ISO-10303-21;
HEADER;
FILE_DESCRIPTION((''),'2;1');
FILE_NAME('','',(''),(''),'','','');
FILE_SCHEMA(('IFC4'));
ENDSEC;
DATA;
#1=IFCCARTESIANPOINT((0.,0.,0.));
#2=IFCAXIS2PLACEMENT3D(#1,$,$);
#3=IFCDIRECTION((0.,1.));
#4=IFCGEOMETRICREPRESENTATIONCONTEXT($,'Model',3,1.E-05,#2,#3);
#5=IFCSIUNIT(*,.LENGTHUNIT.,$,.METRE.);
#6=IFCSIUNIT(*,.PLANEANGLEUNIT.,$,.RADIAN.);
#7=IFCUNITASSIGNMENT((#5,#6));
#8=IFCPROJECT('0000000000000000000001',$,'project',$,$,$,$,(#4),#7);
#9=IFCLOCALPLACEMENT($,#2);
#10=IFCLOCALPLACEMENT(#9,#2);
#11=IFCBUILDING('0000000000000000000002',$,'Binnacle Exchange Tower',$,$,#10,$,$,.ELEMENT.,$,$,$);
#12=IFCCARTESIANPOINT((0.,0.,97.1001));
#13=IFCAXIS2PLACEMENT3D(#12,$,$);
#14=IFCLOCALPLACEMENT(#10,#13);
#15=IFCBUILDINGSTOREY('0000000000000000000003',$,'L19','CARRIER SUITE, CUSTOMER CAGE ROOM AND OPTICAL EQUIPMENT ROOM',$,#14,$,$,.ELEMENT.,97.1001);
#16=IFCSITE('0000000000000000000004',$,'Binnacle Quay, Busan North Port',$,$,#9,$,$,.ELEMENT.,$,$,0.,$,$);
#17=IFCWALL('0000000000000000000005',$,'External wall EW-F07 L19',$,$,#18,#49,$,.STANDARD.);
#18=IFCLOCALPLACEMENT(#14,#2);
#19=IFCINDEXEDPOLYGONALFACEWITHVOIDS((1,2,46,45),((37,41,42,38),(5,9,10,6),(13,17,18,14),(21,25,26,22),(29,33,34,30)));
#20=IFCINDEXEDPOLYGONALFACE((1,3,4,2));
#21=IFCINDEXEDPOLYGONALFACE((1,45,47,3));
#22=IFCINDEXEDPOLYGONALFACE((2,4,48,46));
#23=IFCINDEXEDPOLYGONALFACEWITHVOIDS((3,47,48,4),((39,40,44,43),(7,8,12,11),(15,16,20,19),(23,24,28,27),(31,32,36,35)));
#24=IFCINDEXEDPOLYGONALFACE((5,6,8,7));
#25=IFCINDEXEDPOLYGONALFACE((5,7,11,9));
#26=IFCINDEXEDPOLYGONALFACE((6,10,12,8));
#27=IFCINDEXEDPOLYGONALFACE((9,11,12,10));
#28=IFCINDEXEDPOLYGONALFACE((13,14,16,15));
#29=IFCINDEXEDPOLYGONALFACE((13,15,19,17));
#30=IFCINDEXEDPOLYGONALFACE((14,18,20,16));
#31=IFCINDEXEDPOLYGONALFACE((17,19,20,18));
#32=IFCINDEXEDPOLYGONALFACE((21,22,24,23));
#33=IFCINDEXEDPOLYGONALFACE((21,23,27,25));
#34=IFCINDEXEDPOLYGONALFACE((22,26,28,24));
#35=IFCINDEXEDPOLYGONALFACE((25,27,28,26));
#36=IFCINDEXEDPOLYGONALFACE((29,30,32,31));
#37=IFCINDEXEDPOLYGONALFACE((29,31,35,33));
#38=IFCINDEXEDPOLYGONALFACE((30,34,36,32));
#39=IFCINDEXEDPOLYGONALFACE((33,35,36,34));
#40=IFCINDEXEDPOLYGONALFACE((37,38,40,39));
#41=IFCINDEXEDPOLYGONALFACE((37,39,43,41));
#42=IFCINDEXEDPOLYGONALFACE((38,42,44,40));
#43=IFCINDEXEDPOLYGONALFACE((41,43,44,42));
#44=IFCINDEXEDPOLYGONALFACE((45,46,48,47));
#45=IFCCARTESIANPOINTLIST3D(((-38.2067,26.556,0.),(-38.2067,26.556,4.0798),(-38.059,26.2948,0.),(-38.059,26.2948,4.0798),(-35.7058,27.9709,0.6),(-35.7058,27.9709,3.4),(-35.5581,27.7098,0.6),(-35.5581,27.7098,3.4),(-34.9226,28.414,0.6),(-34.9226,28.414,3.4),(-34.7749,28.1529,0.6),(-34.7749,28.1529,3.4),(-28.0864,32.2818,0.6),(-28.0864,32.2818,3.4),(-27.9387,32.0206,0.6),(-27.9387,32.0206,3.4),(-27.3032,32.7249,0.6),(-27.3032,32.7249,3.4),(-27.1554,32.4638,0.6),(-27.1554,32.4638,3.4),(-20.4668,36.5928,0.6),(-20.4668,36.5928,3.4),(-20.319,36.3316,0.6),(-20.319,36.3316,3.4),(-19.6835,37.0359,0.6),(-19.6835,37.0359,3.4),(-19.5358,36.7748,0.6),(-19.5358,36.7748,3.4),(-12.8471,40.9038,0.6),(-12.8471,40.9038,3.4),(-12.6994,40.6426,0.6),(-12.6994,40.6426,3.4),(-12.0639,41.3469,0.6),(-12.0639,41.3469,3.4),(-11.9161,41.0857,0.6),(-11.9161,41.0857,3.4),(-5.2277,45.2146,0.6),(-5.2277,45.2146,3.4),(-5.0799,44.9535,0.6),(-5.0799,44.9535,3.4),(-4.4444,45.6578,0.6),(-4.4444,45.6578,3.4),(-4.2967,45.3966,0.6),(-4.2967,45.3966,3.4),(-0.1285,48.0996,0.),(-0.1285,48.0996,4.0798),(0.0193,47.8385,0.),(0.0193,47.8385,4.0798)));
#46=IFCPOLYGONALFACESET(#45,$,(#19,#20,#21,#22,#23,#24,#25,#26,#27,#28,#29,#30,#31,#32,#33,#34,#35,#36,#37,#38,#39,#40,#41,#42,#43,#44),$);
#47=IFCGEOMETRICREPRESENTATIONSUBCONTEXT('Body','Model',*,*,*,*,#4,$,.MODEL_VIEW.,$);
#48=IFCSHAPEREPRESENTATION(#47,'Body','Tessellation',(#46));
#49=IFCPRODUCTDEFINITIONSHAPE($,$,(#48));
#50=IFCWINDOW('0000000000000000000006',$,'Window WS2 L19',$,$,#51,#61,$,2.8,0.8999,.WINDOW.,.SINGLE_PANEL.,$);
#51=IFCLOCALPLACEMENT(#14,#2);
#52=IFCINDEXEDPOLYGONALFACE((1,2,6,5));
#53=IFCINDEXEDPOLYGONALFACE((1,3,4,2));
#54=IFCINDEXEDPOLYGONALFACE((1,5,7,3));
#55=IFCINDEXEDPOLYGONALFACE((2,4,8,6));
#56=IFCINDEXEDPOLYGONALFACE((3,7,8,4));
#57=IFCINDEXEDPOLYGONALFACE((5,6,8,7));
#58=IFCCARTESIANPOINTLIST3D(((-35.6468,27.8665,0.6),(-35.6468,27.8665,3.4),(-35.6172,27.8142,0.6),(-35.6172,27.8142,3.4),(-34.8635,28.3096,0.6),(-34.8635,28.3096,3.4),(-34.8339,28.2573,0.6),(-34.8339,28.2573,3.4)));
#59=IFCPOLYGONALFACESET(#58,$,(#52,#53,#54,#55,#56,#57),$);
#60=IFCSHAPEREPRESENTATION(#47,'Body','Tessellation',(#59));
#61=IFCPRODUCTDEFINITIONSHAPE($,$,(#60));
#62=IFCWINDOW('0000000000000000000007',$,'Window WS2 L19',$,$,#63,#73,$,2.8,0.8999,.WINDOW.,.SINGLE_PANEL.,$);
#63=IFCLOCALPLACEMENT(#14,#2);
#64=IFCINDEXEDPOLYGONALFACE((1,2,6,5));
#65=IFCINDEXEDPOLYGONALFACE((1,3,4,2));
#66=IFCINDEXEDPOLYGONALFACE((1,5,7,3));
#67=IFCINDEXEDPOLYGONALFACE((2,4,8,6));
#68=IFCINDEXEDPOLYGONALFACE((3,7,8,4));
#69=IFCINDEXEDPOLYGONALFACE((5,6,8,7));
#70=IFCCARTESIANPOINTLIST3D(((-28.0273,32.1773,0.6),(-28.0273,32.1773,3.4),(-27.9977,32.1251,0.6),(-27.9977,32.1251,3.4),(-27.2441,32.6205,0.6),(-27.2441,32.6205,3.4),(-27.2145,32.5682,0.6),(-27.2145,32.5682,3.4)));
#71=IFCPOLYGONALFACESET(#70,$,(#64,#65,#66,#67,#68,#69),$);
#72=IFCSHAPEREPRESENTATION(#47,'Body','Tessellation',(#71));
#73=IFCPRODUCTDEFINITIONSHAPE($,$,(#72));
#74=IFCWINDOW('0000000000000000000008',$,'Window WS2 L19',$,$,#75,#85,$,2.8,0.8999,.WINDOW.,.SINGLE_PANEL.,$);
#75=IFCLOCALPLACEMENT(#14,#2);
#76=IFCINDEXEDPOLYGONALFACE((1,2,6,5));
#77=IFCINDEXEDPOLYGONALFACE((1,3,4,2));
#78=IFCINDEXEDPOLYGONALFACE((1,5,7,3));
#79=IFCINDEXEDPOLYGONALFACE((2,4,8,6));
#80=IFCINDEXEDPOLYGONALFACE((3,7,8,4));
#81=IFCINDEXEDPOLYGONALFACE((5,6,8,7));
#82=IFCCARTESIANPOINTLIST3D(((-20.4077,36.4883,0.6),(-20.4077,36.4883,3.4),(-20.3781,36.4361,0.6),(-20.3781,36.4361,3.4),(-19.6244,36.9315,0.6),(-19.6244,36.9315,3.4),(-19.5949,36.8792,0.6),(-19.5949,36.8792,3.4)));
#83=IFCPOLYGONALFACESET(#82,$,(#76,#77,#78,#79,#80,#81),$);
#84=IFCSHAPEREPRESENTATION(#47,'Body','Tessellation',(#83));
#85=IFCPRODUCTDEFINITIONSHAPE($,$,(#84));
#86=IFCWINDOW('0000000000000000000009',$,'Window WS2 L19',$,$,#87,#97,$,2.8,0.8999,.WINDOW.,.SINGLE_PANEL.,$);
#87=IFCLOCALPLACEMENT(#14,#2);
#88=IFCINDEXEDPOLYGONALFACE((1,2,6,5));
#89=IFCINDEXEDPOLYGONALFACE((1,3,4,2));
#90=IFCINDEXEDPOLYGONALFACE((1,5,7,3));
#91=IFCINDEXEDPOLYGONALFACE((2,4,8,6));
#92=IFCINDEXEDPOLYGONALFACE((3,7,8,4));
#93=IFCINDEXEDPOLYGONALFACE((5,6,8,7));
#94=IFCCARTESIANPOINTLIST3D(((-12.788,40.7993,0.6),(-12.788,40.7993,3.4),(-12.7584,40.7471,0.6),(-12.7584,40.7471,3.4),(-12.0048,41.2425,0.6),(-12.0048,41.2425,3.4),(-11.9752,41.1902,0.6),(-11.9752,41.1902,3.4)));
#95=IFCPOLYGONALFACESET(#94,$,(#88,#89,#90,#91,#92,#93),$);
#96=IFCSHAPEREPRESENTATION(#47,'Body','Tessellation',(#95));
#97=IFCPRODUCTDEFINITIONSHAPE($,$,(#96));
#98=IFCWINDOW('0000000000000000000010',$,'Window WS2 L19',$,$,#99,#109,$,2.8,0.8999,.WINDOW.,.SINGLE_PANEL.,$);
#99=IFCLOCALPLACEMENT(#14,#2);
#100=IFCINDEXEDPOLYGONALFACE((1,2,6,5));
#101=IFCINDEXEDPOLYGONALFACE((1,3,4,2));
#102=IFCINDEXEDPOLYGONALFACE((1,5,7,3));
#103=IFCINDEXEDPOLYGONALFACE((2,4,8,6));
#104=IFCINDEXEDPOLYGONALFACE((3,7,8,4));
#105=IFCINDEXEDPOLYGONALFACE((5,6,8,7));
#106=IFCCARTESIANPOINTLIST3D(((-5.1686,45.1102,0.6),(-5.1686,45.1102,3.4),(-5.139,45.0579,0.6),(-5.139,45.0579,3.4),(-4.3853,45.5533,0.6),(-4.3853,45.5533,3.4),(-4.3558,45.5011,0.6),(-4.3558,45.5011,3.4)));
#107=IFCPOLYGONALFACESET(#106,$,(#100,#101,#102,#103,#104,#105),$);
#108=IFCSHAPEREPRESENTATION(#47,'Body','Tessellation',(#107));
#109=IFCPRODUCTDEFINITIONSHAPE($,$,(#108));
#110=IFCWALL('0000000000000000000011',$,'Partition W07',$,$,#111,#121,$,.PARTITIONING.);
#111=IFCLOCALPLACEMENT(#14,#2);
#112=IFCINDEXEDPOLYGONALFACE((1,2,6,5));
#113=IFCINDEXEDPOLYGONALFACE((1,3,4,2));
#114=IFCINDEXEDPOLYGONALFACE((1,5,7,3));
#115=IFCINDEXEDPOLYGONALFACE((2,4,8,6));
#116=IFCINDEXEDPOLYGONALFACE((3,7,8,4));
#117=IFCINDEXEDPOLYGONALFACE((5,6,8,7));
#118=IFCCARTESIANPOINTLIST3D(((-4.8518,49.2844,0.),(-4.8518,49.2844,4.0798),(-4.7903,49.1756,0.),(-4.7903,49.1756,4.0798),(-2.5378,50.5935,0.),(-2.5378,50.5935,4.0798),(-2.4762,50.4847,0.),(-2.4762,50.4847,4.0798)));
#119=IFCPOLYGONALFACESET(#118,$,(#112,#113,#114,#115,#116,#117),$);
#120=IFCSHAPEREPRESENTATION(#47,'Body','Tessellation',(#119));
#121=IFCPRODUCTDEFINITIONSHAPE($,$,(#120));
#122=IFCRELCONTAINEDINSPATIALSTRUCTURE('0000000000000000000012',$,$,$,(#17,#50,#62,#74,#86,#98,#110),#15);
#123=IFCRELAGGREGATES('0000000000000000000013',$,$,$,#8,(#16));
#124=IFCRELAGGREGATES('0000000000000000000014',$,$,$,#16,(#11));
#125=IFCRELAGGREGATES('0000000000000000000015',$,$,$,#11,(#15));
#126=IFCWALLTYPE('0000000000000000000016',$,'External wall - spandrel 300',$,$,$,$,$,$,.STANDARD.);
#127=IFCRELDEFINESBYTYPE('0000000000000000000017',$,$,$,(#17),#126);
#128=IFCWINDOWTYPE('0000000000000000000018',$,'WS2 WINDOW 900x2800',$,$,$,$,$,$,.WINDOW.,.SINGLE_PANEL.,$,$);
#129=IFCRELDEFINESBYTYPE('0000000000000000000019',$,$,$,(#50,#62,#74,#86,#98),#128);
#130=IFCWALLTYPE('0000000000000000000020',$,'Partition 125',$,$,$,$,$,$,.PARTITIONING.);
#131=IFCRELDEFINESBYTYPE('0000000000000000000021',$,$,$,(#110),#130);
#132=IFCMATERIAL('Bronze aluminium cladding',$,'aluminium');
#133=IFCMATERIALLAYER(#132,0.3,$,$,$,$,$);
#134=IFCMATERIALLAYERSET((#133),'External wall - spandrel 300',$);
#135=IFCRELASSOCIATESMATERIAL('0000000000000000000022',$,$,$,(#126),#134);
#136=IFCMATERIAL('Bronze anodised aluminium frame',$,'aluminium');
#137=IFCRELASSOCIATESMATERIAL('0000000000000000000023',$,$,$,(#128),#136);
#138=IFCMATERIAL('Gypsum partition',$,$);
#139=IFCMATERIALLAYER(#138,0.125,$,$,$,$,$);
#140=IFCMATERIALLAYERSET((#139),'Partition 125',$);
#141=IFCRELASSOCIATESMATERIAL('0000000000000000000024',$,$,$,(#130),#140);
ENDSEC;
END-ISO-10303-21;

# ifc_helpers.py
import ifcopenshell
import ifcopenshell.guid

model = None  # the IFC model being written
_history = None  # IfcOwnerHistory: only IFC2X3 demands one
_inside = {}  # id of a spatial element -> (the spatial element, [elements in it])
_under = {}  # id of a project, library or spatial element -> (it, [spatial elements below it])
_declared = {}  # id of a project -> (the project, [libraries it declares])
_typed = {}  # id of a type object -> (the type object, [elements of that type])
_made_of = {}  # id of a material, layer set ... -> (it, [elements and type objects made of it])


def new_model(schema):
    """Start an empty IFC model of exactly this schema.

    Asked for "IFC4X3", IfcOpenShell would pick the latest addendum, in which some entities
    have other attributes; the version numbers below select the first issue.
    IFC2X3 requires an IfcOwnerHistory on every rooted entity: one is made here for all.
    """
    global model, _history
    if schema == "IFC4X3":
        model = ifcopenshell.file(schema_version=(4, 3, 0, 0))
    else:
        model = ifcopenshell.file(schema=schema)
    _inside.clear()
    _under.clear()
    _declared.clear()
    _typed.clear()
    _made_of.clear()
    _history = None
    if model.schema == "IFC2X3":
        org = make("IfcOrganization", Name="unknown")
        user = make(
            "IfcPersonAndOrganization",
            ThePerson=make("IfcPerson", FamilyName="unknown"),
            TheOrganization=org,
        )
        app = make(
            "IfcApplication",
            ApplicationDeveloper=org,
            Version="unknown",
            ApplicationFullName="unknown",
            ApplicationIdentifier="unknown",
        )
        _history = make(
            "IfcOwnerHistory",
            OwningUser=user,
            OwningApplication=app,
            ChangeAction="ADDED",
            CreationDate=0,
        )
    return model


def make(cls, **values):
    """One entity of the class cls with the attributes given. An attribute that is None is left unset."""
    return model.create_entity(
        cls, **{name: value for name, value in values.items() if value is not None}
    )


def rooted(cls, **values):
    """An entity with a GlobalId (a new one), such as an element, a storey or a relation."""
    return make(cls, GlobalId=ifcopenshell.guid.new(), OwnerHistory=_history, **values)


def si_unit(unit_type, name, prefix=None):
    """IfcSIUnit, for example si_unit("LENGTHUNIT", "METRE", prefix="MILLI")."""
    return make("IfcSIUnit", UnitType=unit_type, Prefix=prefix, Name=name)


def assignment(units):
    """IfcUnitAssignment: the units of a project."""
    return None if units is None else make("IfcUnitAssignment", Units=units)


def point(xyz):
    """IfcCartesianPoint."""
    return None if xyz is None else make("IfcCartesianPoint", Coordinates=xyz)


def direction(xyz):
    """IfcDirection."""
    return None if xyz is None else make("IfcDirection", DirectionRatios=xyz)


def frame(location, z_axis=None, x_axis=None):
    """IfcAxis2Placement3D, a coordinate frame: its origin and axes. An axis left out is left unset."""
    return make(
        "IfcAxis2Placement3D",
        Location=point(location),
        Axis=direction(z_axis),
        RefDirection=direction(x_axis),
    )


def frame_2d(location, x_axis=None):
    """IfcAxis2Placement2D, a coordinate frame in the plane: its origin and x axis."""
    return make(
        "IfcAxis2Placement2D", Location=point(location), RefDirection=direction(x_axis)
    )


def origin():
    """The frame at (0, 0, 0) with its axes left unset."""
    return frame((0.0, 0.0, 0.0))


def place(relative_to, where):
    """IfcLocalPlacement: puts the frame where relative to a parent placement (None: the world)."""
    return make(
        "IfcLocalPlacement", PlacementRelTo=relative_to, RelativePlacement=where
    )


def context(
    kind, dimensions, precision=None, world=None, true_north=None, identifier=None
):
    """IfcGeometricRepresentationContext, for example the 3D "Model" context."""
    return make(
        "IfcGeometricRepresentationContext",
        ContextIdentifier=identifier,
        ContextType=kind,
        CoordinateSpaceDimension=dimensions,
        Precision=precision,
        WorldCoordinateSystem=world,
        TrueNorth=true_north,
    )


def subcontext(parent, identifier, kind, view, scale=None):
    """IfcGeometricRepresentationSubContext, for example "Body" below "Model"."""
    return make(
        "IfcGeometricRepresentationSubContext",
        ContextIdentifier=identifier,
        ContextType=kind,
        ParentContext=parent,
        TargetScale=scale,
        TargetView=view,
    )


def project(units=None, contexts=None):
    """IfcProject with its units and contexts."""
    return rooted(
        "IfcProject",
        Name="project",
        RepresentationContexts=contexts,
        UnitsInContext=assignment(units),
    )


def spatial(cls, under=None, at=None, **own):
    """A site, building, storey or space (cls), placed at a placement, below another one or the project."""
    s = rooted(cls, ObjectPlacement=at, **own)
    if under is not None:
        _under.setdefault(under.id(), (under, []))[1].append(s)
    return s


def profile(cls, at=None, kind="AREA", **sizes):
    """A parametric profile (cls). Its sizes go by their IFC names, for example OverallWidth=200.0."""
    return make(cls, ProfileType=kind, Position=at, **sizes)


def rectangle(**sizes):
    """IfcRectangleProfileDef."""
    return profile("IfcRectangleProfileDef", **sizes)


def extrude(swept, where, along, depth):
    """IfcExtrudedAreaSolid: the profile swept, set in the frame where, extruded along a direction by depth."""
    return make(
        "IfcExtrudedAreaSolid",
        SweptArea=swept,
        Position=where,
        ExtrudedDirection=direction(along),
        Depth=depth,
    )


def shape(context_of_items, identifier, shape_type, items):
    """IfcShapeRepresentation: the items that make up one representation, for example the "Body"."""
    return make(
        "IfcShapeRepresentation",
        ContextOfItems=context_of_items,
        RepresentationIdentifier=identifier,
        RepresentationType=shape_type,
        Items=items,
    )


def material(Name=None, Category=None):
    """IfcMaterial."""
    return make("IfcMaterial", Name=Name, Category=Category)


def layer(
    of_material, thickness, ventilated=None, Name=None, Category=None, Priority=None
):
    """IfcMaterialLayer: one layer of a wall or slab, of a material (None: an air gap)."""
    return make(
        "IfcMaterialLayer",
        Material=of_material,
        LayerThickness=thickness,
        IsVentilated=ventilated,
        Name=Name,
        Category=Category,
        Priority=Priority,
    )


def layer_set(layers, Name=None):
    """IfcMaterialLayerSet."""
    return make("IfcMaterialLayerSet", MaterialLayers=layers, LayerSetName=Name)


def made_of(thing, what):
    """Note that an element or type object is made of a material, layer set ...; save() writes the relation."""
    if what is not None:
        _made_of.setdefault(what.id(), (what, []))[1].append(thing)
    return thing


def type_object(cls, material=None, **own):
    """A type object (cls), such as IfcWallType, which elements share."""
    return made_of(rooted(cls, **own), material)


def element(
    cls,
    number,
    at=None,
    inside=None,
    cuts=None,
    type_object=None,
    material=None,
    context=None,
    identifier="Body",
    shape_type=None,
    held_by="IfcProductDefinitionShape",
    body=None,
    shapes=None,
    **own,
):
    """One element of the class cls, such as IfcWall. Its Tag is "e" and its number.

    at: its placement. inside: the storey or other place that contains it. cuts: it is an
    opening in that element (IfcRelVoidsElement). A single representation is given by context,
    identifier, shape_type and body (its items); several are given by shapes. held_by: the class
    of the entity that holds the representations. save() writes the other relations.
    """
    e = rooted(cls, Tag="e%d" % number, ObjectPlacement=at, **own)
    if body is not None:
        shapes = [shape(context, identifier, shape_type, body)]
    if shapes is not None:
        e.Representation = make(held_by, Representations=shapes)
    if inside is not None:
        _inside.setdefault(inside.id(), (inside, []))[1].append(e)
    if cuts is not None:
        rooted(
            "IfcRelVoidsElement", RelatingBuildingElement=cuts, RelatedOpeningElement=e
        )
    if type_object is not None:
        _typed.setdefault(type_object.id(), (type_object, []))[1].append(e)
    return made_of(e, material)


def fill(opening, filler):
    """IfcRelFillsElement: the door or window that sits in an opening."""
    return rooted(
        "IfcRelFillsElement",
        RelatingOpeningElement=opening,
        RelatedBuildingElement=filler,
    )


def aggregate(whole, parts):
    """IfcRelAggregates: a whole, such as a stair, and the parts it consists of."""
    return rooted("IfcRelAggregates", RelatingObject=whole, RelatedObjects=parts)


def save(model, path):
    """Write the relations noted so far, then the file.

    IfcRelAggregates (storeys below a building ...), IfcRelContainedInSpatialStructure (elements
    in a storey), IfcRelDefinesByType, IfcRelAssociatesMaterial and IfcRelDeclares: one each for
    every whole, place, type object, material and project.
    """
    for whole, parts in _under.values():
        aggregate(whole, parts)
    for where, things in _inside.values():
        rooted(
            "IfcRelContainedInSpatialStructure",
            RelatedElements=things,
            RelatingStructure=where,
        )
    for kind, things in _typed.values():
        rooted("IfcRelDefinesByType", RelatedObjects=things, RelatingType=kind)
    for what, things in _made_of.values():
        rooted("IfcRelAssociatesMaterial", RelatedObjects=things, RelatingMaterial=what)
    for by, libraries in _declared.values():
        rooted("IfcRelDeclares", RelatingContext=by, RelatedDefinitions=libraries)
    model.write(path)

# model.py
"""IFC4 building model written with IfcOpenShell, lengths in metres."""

from ifc_helpers import new_model, si_unit, direction, frame, frame_2d, origin, place, context, subcontext, project, spatial, rectangle, extrude, material, layer, layer_set, type_object, element, fill, save


model = new_model("IFC4")

# Units and contexts
model_context = context("Model", 3, precision=1e-05, world=origin(), true_north=direction((0.0, 1.0)))
body_context = subcontext(model_context, "Body", "Model", "MODEL_VIEW")
ifc_project = project(units=[si_unit("LENGTHUNIT", "METRE"), si_unit("PLANEANGLEUNIT", "RADIAN")], contexts=[model_context])

# Site, building, storey
site_placement = place(None, origin())
site = spatial("IfcSite", under=ifc_project, at=site_placement, Name="Binnacle Quay, Busan North Port", CompositionType="ELEMENT", RefElevation=0.0)
building_placement = place(site_placement, origin())
building = spatial("IfcBuilding", under=site, at=building_placement, Name="Binnacle Exchange Tower", CompositionType="ELEMENT")
storey_placement = place(building_placement, frame((0.0, 0.0, 97.1001)))
storey = spatial("IfcBuildingStorey", under=building, at=storey_placement, Name="L19", Description="CARRIER SUITE, CUSTOMER CAGE ROOM AND OPTICAL EQUIPMENT ROOM", CompositionType="ELEMENT", Elevation=97.1001)

# Wall, openings, windows
ifc_material_1 = material(Name="Bronze aluminium cladding", Category="aluminium")
ifc_layer_1 = layer(ifc_material_1, 0.3)
ifc_layer_set_1 = layer_set([ifc_layer_1], Name="External wall - spandrel 300")
wall_type_1 = type_object("IfcWallType", Name="External wall - spandrel 300", PredefinedType="STANDARD", material=ifc_layer_set_1)
wall_1_placement = place(storey_placement, frame((-0.0547, 47.969, 0.0), z_axis=(0.0, 0.0, 1.0), x_axis=(-0.870356, -0.492423, 0.0)))
wall_1 = element("IfcWall", 1, at=wall_1_placement, inside=storey, type_object=wall_type_1, Name="External wall EW-F07 L19", PredefinedType="STANDARD", context=body_context, shape_type="SweptSolid", body=[
    extrude(rectangle(XDim=43.7502, YDim=0.3, at=frame_2d((21.875, 0.0))), origin(), (0.0, 0.0, 1.0), 4.0798),
])
opening_1_placement = place(wall_1_placement, frame((39.9768, 0.0, 0.6001)))
opening_1 = element("IfcOpeningElement", 2, at=opening_1_placement, cuts=wall_1, PredefinedType="OPENING", context=body_context, shape_type="SweptSolid", body=[
    extrude(rectangle(XDim=0.8999, YDim=2.8, at=frame_2d((0.45, 1.3999))), frame((0.0, 0.1599, 0.0), z_axis=(0.0, -1.0, 0.0), x_axis=(1.0, 0.0, 0.0)), (0.0, 0.0, 1.0), 0.3201),
])
opening_2_placement = place(wall_1_placement, frame((31.2224, 0.0, 0.6001)))
opening_2 = element("IfcOpeningElement", 3, at=opening_2_placement, cuts=wall_1, PredefinedType="OPENING", context=body_context, shape_type="SweptSolid", body=[
    extrude(rectangle(XDim=0.8999, YDim=2.8, at=frame_2d((0.45, 1.3999))), frame((0.0, 0.1599, 0.0), z_axis=(0.0, -1.0, 0.0), x_axis=(1.0, 0.0, 0.0)), (0.0, 0.0, 1.0), 0.3201),
])
opening_3_placement = place(wall_1_placement, frame((22.4678, 0.0, 0.6001)))
opening_3 = element("IfcOpeningElement", 4, at=opening_3_placement, cuts=wall_1, PredefinedType="OPENING", context=body_context, shape_type="SweptSolid", body=[
    extrude(rectangle(XDim=0.8999, YDim=2.8, at=frame_2d((0.45, 1.3999))), frame((0.0, 0.1599, 0.0), z_axis=(0.0, -1.0, 0.0), x_axis=(1.0, 0.0, 0.0)), (0.0, 0.0, 1.0), 0.3201),
])
opening_4_placement = place(wall_1_placement, frame((13.7131, 0.0, 0.6001)))
opening_4 = element("IfcOpeningElement", 5, at=opening_4_placement, cuts=wall_1, PredefinedType="OPENING", context=body_context, shape_type="SweptSolid", body=[
    extrude(rectangle(XDim=0.8999, YDim=2.8, at=frame_2d((0.45, 1.3999))), frame((0.0, 0.1599, 0.0), z_axis=(0.0, -1.0, 0.0), x_axis=(1.0, 0.0, 0.0)), (0.0, 0.0, 1.0), 0.3201),
])
opening_5_placement = place(wall_1_placement, frame((4.9587, 0.0, 0.6001)))
opening_5 = element("IfcOpeningElement", 6, at=opening_5_placement, cuts=wall_1, PredefinedType="OPENING", context=body_context, shape_type="SweptSolid", body=[
    extrude(rectangle(XDim=0.8999, YDim=2.8, at=frame_2d((0.45, 1.3999))), frame((0.0, 0.1599, 0.0), z_axis=(0.0, -1.0, 0.0), x_axis=(1.0, 0.0, 0.0)), (0.0, 0.0, 1.0), 0.3201),
])
ifc_material_2 = material(Name="Bronze anodised aluminium frame", Category="aluminium")
window_type = type_object("IfcWindowType", Name="WS2 WINDOW 900x2800", PartitioningType="SINGLE_PANEL", PredefinedType="WINDOW", material=ifc_material_2)
window_1_placement = place(opening_1_placement, origin())
window_1 = element("IfcWindow", 7, at=window_1_placement, inside=storey, type_object=window_type, Name="Window WS2 L19", OverallHeight=2.8, OverallWidth=0.8999, PartitioningType="SINGLE_PANEL", PredefinedType="WINDOW", context=body_context, shape_type="SweptSolid", body=[
    extrude(rectangle(XDim=0.8999, YDim=2.8, at=frame_2d((0.45, 1.3999))), frame((0.0, 0.03, 0.0), z_axis=(0.0, -1.0, 0.0), x_axis=(1.0, 0.0, 0.0)), (0.0, 0.0, 1.0), 0.0601),
])
fill(opening_1, window_1)
window_2_placement = place(opening_2_placement, origin())
window_2 = element("IfcWindow", 8, at=window_2_placement, inside=storey, type_object=window_type, Name="Window WS2 L19", OverallHeight=2.8, OverallWidth=0.8999, PartitioningType="SINGLE_PANEL", PredefinedType="WINDOW", context=body_context, shape_type="SweptSolid", body=[
    extrude(rectangle(XDim=0.8999, YDim=2.8, at=frame_2d((0.45, 1.3999))), frame((0.0, 0.03, 0.0), z_axis=(0.0, -1.0, 0.0), x_axis=(1.0, 0.0, 0.0)), (0.0, 0.0, 1.0), 0.0601),
])
fill(opening_2, window_2)
window_3_placement = place(opening_3_placement, origin())
window_3 = element("IfcWindow", 9, at=window_3_placement, inside=storey, type_object=window_type, Name="Window WS2 L19", OverallHeight=2.8, OverallWidth=0.8999, PartitioningType="SINGLE_PANEL", PredefinedType="WINDOW", context=body_context, shape_type="SweptSolid", body=[
    extrude(rectangle(XDim=0.8999, YDim=2.8, at=frame_2d((0.45, 1.3999))), frame((0.0, 0.03, 0.0), z_axis=(0.0, -1.0, 0.0), x_axis=(1.0, 0.0, 0.0)), (0.0, 0.0, 1.0), 0.0601),
])
fill(opening_3, window_3)
window_4_placement = place(opening_4_placement, origin())
window_4 = element("IfcWindow", 10, at=window_4_placement, inside=storey, type_object=window_type, Name="Window WS2 L19", OverallHeight=2.8, OverallWidth=0.8999, PartitioningType="SINGLE_PANEL", PredefinedType="WINDOW", context=body_context, shape_type="SweptSolid", body=[
    extrude(rectangle(XDim=0.8999, YDim=2.8, at=frame_2d((0.45, 1.3999))), frame((0.0, 0.03, 0.0), z_axis=(0.0, -1.0, 0.0), x_axis=(1.0, 0.0, 0.0)), (0.0, 0.0, 1.0), 0.0601),
])
fill(opening_4, window_4)
window_5_placement = place(opening_5_placement, origin())
window_5 = element("IfcWindow", 11, at=window_5_placement, inside=storey, type_object=window_type, Name="Window WS2 L19", OverallHeight=2.8, OverallWidth=0.8999, PartitioningType="SINGLE_PANEL", PredefinedType="WINDOW", context=body_context, shape_type="SweptSolid", body=[
    extrude(rectangle(XDim=0.8999, YDim=2.8, at=frame_2d((0.45, 1.3999))), frame((0.0, 0.03, 0.0), z_axis=(0.0, -1.0, 0.0), x_axis=(1.0, 0.0, 0.0)), (0.0, 0.0, 1.0), 0.0601),
])
fill(opening_5, window_5)

# Wall
ifc_material_3 = material(Name="Gypsum partition")
ifc_layer_2 = layer(ifc_material_3, 0.125)
ifc_layer_set_2 = layer_set([ifc_layer_2], Name="Partition 125")
wall_type_2 = type_object("IfcWallType", Name="Partition 125", PredefinedType="PARTITIONING", material=ifc_layer_set_2)
wall_2_placement = place(storey_placement, frame((-4.821, 49.23, 0.0), z_axis=(0.0, 0.0, 1.0), x_axis=(0.870371, 0.492396, 0.0)))
element("IfcWall", 12, at=wall_2_placement, inside=storey, type_object=wall_type_2, Name="Partition W07", PredefinedType="PARTITIONING", context=body_context, shape_type="SweptSolid", body=[
    extrude(rectangle(XDim=2.6587, YDim=0.125, at=frame_2d((1.3293, 0.0))), origin(), (0.0, 0.0, 1.0), 4.0798),
])

save(model, "model.ifc")
